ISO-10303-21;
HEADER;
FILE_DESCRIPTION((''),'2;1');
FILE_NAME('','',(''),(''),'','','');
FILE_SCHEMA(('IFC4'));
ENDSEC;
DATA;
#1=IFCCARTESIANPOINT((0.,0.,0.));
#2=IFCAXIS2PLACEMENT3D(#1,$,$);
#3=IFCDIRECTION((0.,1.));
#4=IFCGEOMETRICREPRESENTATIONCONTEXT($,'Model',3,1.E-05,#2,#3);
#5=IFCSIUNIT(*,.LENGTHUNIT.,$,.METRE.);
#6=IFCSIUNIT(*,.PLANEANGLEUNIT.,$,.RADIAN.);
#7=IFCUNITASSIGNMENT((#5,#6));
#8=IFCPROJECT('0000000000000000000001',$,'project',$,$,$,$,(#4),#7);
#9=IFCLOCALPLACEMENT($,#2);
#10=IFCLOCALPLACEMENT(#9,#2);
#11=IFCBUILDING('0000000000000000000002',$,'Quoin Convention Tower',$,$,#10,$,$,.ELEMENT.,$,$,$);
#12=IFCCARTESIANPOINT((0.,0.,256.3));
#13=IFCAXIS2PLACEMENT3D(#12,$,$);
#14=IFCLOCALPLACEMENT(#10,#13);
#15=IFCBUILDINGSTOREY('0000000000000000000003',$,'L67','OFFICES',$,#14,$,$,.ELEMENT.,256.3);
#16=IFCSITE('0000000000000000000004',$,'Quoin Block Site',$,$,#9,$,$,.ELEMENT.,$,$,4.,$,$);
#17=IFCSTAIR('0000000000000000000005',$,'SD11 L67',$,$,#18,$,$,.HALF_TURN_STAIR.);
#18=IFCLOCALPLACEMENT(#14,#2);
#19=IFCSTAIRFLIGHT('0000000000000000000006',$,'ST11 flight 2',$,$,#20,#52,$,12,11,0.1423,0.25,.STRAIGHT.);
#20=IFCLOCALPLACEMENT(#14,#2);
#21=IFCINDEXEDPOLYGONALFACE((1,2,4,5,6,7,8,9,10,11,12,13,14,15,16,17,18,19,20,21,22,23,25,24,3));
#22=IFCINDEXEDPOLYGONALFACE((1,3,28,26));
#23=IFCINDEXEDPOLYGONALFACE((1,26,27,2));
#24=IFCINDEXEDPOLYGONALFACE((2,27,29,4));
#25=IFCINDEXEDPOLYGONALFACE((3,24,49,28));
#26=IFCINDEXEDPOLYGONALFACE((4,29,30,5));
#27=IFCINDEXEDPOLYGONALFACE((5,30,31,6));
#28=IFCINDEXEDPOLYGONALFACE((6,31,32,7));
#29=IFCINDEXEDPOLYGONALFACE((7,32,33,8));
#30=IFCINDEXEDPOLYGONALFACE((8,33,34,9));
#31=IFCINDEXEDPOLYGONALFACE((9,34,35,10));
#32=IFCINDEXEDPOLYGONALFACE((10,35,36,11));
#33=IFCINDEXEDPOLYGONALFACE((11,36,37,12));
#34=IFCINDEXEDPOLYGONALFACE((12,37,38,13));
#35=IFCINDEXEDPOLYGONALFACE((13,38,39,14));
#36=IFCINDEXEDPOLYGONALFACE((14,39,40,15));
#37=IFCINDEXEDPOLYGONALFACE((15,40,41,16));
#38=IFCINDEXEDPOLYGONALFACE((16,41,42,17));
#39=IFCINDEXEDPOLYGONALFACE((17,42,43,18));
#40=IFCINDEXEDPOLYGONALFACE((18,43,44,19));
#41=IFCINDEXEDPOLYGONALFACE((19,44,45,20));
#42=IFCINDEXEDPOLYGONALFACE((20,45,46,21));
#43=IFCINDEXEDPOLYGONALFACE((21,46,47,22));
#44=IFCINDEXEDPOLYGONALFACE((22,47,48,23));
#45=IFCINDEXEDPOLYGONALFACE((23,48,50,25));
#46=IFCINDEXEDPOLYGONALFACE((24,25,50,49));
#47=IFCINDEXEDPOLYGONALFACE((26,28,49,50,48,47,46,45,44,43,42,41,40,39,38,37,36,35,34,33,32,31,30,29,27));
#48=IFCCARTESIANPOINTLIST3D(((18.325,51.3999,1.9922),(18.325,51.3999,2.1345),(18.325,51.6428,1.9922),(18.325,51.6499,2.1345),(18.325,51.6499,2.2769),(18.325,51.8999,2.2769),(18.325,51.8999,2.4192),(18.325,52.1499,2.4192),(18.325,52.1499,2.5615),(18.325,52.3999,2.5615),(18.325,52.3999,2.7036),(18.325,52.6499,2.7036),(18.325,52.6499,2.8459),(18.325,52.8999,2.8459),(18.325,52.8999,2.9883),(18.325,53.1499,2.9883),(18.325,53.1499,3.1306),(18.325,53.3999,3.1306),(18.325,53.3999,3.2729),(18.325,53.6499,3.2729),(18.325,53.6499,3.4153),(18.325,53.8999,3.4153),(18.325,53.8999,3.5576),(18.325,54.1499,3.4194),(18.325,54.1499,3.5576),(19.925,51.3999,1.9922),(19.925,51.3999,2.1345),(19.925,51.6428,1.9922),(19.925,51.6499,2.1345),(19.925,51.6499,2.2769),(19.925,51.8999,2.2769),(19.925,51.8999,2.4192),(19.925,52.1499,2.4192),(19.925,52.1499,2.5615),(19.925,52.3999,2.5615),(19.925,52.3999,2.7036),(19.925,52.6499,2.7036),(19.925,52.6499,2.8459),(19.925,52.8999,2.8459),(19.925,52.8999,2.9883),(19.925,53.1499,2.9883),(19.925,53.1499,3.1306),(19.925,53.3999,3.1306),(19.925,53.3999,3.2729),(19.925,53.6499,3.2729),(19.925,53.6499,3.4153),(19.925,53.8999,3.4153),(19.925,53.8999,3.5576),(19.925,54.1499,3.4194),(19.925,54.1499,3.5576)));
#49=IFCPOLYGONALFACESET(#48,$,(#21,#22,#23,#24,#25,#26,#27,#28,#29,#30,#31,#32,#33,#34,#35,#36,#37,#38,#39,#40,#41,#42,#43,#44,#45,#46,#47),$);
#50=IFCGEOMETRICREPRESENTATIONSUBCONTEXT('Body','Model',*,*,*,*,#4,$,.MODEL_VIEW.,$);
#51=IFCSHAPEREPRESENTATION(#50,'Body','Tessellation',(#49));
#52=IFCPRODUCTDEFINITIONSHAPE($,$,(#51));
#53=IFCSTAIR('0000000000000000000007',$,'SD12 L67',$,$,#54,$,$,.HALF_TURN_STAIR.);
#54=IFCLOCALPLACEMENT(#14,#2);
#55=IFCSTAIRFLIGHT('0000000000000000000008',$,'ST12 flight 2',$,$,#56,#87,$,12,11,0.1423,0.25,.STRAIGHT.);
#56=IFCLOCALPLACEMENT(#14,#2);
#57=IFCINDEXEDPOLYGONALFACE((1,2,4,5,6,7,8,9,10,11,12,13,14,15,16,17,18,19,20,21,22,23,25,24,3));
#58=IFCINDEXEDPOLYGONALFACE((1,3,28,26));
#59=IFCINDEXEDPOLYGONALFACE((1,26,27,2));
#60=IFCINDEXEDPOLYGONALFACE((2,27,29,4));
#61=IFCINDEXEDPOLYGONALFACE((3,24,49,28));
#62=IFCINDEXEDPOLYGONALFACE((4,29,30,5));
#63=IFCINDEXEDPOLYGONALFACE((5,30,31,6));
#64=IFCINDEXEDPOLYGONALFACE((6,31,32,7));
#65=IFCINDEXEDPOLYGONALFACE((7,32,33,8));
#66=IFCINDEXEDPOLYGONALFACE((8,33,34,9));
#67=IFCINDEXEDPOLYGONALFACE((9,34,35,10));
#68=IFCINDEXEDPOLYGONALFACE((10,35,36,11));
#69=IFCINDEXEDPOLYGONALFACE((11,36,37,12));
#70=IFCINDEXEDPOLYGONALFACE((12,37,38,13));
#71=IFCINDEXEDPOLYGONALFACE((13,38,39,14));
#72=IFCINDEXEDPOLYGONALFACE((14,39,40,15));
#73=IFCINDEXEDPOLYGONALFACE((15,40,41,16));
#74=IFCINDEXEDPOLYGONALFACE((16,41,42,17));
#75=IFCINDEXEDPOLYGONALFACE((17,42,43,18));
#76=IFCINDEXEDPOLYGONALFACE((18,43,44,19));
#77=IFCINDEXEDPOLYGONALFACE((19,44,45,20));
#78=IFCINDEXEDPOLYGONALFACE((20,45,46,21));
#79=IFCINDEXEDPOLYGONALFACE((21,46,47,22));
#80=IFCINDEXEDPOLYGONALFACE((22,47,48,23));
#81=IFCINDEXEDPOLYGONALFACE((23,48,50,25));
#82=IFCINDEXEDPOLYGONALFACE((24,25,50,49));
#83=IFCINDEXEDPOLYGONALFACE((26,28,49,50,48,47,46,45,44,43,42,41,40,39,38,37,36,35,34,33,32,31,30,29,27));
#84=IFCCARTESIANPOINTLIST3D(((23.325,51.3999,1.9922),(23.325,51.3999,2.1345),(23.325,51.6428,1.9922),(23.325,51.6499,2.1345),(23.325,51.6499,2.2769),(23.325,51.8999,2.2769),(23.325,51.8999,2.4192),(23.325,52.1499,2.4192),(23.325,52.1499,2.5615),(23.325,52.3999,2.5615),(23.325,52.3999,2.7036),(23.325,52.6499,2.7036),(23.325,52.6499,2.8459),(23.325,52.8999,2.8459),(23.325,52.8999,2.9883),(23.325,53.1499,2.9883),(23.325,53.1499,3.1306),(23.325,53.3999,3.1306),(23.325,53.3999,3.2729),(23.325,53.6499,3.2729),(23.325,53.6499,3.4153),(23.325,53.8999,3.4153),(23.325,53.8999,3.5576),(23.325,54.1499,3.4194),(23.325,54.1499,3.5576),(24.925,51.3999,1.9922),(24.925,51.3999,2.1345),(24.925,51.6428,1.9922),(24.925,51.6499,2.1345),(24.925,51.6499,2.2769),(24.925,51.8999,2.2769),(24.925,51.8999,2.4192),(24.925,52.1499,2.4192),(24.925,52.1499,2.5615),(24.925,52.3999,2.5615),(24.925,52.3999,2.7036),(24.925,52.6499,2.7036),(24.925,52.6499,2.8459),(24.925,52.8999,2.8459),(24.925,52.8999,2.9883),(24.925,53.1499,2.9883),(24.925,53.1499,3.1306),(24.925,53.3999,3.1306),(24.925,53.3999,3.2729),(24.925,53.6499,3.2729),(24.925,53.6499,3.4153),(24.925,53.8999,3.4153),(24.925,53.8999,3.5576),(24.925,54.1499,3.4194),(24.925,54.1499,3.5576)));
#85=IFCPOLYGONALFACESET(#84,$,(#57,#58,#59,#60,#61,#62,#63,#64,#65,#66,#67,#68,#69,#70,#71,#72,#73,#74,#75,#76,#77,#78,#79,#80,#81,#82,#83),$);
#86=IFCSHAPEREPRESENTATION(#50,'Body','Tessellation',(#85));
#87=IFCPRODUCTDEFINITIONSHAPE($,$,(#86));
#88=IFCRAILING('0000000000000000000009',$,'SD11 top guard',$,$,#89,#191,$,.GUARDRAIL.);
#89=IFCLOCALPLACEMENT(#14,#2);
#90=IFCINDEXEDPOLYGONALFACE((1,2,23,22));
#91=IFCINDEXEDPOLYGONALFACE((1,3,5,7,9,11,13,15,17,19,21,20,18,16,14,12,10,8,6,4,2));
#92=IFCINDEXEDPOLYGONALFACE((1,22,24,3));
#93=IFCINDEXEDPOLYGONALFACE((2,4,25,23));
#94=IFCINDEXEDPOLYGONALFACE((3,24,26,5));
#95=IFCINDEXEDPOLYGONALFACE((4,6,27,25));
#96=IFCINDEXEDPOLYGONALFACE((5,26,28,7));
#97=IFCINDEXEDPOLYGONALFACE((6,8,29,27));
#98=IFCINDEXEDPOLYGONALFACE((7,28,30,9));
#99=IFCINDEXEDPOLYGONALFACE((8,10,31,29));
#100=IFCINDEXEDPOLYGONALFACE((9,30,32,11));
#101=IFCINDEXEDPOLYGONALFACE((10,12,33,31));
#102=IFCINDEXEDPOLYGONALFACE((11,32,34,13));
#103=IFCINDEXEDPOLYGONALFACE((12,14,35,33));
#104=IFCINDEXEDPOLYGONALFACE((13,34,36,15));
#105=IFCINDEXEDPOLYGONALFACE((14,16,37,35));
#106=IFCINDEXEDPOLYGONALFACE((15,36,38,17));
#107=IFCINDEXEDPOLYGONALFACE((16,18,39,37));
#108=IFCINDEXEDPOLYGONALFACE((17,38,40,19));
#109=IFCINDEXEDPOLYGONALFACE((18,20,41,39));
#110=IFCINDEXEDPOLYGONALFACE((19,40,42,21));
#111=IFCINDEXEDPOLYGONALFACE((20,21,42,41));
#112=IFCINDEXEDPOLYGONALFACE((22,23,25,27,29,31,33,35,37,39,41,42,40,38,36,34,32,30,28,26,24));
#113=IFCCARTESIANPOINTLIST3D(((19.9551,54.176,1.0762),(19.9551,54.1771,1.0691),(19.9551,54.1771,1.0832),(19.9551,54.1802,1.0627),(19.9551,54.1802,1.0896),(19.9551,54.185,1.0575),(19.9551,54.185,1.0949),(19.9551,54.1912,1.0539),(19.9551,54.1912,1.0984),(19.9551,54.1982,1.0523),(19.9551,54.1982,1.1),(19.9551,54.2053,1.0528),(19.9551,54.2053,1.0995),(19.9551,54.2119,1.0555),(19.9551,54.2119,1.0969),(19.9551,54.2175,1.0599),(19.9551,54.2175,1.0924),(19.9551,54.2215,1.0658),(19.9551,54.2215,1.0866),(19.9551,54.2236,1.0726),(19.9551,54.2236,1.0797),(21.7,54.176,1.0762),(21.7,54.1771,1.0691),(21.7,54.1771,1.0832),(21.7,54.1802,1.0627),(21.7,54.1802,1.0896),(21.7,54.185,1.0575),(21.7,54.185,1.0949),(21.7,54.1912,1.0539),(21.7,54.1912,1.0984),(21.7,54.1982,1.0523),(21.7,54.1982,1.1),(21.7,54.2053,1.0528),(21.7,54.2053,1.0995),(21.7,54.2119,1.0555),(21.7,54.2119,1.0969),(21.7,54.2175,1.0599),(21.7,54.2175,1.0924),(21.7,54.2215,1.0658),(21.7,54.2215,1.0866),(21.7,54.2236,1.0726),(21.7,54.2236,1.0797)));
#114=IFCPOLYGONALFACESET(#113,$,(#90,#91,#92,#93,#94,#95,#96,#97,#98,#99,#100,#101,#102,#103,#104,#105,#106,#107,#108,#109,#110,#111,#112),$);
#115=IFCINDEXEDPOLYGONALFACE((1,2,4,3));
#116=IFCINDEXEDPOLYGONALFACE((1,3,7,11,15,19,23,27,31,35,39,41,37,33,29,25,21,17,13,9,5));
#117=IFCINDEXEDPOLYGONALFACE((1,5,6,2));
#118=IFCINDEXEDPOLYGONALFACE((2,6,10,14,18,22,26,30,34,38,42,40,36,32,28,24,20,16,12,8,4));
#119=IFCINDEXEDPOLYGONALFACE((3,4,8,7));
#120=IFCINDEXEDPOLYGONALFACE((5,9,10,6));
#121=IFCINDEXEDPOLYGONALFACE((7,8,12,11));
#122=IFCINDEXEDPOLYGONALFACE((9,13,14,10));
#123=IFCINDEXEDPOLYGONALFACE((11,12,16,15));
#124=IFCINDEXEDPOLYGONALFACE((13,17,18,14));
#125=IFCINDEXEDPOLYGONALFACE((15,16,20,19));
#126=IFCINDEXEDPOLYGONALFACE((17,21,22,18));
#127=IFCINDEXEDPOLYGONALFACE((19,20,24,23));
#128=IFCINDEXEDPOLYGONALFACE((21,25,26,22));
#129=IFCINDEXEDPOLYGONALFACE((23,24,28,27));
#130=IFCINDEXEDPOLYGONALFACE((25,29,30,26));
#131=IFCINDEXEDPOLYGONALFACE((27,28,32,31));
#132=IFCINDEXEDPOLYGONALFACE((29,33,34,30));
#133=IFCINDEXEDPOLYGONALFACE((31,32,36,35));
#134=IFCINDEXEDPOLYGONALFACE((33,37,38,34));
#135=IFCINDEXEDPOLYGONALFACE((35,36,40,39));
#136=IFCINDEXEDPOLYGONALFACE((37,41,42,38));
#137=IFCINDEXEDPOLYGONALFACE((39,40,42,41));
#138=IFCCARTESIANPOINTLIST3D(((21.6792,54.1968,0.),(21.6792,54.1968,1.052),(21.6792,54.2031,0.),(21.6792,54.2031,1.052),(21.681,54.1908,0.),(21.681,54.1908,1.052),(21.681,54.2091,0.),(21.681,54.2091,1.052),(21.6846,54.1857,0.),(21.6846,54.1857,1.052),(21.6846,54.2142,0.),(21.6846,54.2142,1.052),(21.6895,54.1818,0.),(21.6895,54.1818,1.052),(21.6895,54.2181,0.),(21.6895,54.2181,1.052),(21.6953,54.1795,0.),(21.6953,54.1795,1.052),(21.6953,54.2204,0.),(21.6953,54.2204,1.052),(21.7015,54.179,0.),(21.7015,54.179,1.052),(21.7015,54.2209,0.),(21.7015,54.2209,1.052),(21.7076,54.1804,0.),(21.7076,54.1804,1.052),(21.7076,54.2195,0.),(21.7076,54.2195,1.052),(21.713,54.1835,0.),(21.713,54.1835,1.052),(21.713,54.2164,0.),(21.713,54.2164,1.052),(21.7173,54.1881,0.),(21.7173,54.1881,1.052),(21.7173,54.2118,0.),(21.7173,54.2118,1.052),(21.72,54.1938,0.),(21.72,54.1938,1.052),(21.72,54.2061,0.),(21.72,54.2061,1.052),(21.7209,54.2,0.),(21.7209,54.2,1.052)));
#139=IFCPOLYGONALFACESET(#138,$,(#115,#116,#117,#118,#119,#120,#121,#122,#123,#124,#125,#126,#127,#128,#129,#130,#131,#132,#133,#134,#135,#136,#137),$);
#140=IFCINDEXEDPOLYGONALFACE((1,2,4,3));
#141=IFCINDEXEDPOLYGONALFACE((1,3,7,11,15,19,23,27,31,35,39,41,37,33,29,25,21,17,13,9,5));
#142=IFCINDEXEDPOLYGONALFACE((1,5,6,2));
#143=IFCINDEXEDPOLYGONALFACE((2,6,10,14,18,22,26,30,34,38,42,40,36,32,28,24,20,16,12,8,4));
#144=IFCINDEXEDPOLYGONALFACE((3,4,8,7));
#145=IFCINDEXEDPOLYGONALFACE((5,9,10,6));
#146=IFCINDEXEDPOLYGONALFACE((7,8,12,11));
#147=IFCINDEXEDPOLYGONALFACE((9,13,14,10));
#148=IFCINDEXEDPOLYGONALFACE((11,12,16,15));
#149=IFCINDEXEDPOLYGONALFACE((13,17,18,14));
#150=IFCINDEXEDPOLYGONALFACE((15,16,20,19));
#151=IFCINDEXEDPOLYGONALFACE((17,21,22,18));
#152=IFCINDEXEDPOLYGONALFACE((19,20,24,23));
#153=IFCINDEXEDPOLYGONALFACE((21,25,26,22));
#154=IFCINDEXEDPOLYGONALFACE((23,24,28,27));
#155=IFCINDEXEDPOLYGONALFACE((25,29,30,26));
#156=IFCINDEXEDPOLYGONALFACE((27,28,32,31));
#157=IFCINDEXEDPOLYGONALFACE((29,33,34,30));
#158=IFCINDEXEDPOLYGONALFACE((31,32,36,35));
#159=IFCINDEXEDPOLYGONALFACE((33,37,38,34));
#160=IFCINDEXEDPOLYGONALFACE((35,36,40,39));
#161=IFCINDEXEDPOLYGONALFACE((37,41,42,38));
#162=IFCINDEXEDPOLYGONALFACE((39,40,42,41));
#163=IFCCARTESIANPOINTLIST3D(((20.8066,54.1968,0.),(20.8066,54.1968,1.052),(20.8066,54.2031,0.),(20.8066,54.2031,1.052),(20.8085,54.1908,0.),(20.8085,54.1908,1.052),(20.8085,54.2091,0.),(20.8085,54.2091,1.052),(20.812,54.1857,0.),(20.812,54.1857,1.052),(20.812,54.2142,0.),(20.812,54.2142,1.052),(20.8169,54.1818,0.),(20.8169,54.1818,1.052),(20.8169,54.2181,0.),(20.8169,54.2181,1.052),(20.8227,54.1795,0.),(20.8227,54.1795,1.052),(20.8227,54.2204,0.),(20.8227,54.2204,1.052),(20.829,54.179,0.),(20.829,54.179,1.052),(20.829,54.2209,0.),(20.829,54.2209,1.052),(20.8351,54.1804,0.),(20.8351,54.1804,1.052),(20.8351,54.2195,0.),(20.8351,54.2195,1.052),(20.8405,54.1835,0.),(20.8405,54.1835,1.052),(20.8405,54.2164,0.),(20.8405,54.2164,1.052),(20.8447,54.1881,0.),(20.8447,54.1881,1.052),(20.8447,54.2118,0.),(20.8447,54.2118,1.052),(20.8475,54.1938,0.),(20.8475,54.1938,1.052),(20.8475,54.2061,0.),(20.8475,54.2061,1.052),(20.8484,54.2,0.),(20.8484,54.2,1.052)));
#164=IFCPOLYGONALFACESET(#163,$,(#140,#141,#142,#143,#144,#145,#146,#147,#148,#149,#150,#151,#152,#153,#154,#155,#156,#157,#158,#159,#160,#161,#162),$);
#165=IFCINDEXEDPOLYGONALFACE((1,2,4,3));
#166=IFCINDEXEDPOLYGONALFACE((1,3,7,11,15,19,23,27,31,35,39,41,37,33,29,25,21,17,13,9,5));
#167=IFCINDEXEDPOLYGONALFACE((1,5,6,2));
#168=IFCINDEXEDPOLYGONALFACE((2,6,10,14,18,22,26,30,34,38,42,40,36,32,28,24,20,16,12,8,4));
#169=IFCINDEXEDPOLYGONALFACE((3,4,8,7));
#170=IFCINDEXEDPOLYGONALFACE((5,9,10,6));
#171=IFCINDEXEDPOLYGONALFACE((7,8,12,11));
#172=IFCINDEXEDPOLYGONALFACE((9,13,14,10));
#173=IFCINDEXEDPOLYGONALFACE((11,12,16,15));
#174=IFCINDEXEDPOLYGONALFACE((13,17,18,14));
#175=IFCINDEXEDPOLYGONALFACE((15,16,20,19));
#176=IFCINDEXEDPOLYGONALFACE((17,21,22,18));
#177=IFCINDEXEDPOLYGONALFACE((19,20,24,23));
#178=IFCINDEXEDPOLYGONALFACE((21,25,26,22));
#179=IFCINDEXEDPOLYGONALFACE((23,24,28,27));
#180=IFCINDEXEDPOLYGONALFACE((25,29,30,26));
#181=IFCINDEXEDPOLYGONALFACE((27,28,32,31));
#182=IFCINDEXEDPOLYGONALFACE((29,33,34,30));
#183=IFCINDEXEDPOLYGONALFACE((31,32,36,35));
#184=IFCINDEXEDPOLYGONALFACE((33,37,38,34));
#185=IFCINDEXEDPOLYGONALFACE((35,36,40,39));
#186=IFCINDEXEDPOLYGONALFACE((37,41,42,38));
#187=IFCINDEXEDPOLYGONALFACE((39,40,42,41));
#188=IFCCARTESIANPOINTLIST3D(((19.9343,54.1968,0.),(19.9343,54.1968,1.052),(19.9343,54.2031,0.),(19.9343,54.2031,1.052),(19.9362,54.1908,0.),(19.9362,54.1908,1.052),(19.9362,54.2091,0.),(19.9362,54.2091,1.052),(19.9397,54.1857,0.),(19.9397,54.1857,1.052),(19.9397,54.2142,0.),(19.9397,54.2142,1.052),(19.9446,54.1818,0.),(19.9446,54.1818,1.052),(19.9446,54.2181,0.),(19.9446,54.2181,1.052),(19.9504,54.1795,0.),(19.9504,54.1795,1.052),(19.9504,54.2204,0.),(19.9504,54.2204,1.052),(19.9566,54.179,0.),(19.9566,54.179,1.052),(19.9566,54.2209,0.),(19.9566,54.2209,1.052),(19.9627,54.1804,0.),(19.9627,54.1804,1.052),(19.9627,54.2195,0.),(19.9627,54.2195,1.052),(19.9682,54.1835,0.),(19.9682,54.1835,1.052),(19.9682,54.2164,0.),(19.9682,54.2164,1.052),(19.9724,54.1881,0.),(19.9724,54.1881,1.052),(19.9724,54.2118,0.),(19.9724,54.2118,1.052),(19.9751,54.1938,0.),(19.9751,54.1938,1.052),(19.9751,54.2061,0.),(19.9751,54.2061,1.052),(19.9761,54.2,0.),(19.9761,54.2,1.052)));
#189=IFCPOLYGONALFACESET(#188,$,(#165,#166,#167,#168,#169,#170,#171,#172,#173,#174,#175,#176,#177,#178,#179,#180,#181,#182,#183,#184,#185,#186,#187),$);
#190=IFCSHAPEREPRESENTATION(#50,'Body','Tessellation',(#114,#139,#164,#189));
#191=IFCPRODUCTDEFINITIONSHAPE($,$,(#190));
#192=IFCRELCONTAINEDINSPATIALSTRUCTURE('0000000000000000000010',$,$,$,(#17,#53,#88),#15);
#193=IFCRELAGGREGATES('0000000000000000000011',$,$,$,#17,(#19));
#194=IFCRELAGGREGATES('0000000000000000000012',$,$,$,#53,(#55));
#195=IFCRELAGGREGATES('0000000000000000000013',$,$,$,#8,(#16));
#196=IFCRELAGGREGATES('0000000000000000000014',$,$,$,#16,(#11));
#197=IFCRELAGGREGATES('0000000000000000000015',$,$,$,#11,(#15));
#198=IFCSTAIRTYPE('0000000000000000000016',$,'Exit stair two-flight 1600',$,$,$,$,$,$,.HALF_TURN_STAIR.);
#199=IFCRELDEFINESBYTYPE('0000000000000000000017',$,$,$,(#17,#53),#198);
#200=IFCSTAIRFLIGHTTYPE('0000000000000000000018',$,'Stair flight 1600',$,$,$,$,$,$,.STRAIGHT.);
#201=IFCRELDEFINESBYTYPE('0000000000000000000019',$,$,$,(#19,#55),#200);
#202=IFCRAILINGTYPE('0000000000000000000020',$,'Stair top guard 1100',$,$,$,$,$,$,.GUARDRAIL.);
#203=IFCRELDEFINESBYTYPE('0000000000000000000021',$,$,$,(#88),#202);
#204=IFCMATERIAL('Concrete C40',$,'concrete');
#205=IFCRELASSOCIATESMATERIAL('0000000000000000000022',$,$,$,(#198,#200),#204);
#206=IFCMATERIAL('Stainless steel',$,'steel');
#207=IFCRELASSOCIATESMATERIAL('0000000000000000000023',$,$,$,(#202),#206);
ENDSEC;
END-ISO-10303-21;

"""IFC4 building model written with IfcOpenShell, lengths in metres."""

from ifc_helpers import new_model, si_unit, direction, frame, origin, origin_2d, place, context, subcontext, project, spatial, polyline, circle, outline, extrude, material, type_object, element, aggregate, save


model = new_model("IFC4")

# Units and contexts
model_context = context("Model", 3, precision=1e-05, world=origin(), true_north=direction((0.0, 1.0)))
body_context = subcontext(model_context, "Body", "Model", "MODEL_VIEW")
ifc_project = project(units=[si_unit("LENGTHUNIT", "METRE"), si_unit("PLANEANGLEUNIT", "RADIAN")], contexts=[model_context])

# Site, building, storey
site_placement = place(None, origin())
site = spatial("IfcSite", under=ifc_project, at=site_placement, Name="Quoin Block Site", CompositionType="ELEMENT", RefElevation=4.0)
building_placement = place(site_placement, origin())
building = spatial("IfcBuilding", under=site, at=building_placement, Name="Quoin Convention Tower", CompositionType="ELEMENT")
storey_placement = place(building_placement, frame((0.0, 0.0, 256.3)))
storey = spatial("IfcBuildingStorey", under=building, at=storey_placement, Name="L67", Description="OFFICES", CompositionType="ELEMENT", Elevation=256.3)

# Stair, stair flight
ifc_material_1 = material(Name="Concrete C40", Category="concrete")
stair_type = type_object("IfcStairType", Name="Exit stair two-flight 1600", PredefinedType="HALF_TURN_STAIR", material=ifc_material_1)
stair_1_placement = place(storey_placement, origin())
stair_1 = element("IfcStair", 1, at=stair_1_placement, inside=storey, type_object=stair_type, Name="SD11 L67", PredefinedType="HALF_TURN_STAIR")
stair_flight_type = type_object("IfcStairFlightType", Name="Stair flight 1600", PredefinedType="STRAIGHT", material=ifc_material_1)
stair_flight_1_placement = place(storey_placement, frame((19.125, 51.3999, 1.9922), z_axis=(0.0, 0.0, 1.0), x_axis=(0.0, 1.0, 0.0)))
stair_flight_1 = element("IfcStairFlight", 2, at=stair_flight_1_placement, type_object=stair_flight_type, Name="ST11 flight 2", NumberOfRisers=12, NumberOfTreads=11, PredefinedType="STRAIGHT", RiserHeight=0.1423, TreadLength=0.25, context=body_context, shape_type="SweptSolid", body=[
    extrude(outline(polyline([(0.0, 0.0), (0.0, 0.1423), (0.25, 0.1423), (0.25, 0.2847), (0.5, 0.2847), (0.5, 0.427), (0.75, 0.427), (0.75, 0.5693), (1.0, 0.5693), (1.0, 0.7114), (1.25, 0.7114), (1.25, 0.8538), (1.5, 0.8538), (1.5, 0.9961), (1.75, 0.9961), (1.75, 1.1384), (2.0, 1.1384), (2.0, 1.2808), (2.25, 1.2808), (2.25, 1.4231), (2.5, 1.4231), (2.5, 1.5654), (2.75, 1.5654), (2.75, 1.7078), (2.75, 1.4272), (0.2429, 0.0), (0.0, 0.0)])), frame((0.0, 0.8, 0.0), z_axis=(0.0, -1.0, 0.0), x_axis=(1.0, 0.0, 0.0)), (0.0, 0.0, 1.0), 1.6001),
])
aggregate(stair_1, [stair_flight_1])

# Stair, stair flight
stair_2_placement = place(storey_placement, origin())
stair_2 = element("IfcStair", 3, at=stair_2_placement, inside=storey, type_object=stair_type, Name="SD12 L67", PredefinedType="HALF_TURN_STAIR")
stair_flight_2_placement = place(storey_placement, frame((24.125, 51.3999, 1.9922), z_axis=(0.0, 0.0, 1.0), x_axis=(0.0, 1.0, 0.0)))
stair_flight_2 = element("IfcStairFlight", 4, at=stair_flight_2_placement, type_object=stair_flight_type, Name="ST12 flight 2", NumberOfRisers=12, NumberOfTreads=11, PredefinedType="STRAIGHT", RiserHeight=0.1423, TreadLength=0.25, context=body_context, shape_type="SweptSolid", body=[
    extrude(outline(polyline([(0.0, 0.0), (0.0, 0.1423), (0.25, 0.1423), (0.25, 0.2847), (0.5, 0.2847), (0.5, 0.427), (0.75, 0.427), (0.75, 0.5693), (1.0, 0.5693), (1.0, 0.7114), (1.25, 0.7114), (1.25, 0.8538), (1.5, 0.8538), (1.5, 0.9961), (1.75, 0.9961), (1.75, 1.1384), (2.0, 1.1384), (2.0, 1.2808), (2.25, 1.2808), (2.25, 1.4231), (2.5, 1.4231), (2.5, 1.5654), (2.75, 1.5654), (2.75, 1.7078), (2.75, 1.4272), (0.2429, 0.0), (0.0, 0.0)])), frame((0.0, 0.8, 0.0), z_axis=(0.0, -1.0, 0.0), x_axis=(1.0, 0.0, 0.0)), (0.0, 0.0, 1.0), 1.6001),
])
aggregate(stair_2, [stair_flight_2])

# Railing
ifc_material_2 = material(Name="Stainless steel", Category="steel")
railing_type_1 = type_object("IfcRailingType", Name="Stair top guard 1100", PredefinedType="GUARDRAIL", material=ifc_material_2)
railing_1_placement = place(storey_placement, frame((21.7, 54.2, 0.0)))
element("IfcRailing", 5, at=railing_1_placement, inside=storey, type_object=railing_type_1, Name="SD11 top guard", PredefinedType="GUARDRAIL", context=body_context, shape_type="SweptSolid", body=[
    extrude(circle(Radius=0.0239, at=origin_2d()), frame((0.0, 0.0, 1.0762), z_axis=(-1.0, 0.0, 0.0), x_axis=(0.0, -1.0, 0.0)), (0.0, 0.0, 1.0), 1.7449),
    extrude(circle(Radius=0.021, at=origin_2d()), origin(), (0.0, 0.0, 1.0), 1.052),
    extrude(circle(Radius=0.021, at=origin_2d()), frame((-0.8726, 0.0, 0.0)), (0.0, 0.0, 1.0), 1.052),
    extrude(circle(Radius=0.021, at=origin_2d()), frame((-1.7449, 0.0, 0.0)), (0.0, 0.0, 1.0), 1.052),
])

save(model, "model.ifc")
